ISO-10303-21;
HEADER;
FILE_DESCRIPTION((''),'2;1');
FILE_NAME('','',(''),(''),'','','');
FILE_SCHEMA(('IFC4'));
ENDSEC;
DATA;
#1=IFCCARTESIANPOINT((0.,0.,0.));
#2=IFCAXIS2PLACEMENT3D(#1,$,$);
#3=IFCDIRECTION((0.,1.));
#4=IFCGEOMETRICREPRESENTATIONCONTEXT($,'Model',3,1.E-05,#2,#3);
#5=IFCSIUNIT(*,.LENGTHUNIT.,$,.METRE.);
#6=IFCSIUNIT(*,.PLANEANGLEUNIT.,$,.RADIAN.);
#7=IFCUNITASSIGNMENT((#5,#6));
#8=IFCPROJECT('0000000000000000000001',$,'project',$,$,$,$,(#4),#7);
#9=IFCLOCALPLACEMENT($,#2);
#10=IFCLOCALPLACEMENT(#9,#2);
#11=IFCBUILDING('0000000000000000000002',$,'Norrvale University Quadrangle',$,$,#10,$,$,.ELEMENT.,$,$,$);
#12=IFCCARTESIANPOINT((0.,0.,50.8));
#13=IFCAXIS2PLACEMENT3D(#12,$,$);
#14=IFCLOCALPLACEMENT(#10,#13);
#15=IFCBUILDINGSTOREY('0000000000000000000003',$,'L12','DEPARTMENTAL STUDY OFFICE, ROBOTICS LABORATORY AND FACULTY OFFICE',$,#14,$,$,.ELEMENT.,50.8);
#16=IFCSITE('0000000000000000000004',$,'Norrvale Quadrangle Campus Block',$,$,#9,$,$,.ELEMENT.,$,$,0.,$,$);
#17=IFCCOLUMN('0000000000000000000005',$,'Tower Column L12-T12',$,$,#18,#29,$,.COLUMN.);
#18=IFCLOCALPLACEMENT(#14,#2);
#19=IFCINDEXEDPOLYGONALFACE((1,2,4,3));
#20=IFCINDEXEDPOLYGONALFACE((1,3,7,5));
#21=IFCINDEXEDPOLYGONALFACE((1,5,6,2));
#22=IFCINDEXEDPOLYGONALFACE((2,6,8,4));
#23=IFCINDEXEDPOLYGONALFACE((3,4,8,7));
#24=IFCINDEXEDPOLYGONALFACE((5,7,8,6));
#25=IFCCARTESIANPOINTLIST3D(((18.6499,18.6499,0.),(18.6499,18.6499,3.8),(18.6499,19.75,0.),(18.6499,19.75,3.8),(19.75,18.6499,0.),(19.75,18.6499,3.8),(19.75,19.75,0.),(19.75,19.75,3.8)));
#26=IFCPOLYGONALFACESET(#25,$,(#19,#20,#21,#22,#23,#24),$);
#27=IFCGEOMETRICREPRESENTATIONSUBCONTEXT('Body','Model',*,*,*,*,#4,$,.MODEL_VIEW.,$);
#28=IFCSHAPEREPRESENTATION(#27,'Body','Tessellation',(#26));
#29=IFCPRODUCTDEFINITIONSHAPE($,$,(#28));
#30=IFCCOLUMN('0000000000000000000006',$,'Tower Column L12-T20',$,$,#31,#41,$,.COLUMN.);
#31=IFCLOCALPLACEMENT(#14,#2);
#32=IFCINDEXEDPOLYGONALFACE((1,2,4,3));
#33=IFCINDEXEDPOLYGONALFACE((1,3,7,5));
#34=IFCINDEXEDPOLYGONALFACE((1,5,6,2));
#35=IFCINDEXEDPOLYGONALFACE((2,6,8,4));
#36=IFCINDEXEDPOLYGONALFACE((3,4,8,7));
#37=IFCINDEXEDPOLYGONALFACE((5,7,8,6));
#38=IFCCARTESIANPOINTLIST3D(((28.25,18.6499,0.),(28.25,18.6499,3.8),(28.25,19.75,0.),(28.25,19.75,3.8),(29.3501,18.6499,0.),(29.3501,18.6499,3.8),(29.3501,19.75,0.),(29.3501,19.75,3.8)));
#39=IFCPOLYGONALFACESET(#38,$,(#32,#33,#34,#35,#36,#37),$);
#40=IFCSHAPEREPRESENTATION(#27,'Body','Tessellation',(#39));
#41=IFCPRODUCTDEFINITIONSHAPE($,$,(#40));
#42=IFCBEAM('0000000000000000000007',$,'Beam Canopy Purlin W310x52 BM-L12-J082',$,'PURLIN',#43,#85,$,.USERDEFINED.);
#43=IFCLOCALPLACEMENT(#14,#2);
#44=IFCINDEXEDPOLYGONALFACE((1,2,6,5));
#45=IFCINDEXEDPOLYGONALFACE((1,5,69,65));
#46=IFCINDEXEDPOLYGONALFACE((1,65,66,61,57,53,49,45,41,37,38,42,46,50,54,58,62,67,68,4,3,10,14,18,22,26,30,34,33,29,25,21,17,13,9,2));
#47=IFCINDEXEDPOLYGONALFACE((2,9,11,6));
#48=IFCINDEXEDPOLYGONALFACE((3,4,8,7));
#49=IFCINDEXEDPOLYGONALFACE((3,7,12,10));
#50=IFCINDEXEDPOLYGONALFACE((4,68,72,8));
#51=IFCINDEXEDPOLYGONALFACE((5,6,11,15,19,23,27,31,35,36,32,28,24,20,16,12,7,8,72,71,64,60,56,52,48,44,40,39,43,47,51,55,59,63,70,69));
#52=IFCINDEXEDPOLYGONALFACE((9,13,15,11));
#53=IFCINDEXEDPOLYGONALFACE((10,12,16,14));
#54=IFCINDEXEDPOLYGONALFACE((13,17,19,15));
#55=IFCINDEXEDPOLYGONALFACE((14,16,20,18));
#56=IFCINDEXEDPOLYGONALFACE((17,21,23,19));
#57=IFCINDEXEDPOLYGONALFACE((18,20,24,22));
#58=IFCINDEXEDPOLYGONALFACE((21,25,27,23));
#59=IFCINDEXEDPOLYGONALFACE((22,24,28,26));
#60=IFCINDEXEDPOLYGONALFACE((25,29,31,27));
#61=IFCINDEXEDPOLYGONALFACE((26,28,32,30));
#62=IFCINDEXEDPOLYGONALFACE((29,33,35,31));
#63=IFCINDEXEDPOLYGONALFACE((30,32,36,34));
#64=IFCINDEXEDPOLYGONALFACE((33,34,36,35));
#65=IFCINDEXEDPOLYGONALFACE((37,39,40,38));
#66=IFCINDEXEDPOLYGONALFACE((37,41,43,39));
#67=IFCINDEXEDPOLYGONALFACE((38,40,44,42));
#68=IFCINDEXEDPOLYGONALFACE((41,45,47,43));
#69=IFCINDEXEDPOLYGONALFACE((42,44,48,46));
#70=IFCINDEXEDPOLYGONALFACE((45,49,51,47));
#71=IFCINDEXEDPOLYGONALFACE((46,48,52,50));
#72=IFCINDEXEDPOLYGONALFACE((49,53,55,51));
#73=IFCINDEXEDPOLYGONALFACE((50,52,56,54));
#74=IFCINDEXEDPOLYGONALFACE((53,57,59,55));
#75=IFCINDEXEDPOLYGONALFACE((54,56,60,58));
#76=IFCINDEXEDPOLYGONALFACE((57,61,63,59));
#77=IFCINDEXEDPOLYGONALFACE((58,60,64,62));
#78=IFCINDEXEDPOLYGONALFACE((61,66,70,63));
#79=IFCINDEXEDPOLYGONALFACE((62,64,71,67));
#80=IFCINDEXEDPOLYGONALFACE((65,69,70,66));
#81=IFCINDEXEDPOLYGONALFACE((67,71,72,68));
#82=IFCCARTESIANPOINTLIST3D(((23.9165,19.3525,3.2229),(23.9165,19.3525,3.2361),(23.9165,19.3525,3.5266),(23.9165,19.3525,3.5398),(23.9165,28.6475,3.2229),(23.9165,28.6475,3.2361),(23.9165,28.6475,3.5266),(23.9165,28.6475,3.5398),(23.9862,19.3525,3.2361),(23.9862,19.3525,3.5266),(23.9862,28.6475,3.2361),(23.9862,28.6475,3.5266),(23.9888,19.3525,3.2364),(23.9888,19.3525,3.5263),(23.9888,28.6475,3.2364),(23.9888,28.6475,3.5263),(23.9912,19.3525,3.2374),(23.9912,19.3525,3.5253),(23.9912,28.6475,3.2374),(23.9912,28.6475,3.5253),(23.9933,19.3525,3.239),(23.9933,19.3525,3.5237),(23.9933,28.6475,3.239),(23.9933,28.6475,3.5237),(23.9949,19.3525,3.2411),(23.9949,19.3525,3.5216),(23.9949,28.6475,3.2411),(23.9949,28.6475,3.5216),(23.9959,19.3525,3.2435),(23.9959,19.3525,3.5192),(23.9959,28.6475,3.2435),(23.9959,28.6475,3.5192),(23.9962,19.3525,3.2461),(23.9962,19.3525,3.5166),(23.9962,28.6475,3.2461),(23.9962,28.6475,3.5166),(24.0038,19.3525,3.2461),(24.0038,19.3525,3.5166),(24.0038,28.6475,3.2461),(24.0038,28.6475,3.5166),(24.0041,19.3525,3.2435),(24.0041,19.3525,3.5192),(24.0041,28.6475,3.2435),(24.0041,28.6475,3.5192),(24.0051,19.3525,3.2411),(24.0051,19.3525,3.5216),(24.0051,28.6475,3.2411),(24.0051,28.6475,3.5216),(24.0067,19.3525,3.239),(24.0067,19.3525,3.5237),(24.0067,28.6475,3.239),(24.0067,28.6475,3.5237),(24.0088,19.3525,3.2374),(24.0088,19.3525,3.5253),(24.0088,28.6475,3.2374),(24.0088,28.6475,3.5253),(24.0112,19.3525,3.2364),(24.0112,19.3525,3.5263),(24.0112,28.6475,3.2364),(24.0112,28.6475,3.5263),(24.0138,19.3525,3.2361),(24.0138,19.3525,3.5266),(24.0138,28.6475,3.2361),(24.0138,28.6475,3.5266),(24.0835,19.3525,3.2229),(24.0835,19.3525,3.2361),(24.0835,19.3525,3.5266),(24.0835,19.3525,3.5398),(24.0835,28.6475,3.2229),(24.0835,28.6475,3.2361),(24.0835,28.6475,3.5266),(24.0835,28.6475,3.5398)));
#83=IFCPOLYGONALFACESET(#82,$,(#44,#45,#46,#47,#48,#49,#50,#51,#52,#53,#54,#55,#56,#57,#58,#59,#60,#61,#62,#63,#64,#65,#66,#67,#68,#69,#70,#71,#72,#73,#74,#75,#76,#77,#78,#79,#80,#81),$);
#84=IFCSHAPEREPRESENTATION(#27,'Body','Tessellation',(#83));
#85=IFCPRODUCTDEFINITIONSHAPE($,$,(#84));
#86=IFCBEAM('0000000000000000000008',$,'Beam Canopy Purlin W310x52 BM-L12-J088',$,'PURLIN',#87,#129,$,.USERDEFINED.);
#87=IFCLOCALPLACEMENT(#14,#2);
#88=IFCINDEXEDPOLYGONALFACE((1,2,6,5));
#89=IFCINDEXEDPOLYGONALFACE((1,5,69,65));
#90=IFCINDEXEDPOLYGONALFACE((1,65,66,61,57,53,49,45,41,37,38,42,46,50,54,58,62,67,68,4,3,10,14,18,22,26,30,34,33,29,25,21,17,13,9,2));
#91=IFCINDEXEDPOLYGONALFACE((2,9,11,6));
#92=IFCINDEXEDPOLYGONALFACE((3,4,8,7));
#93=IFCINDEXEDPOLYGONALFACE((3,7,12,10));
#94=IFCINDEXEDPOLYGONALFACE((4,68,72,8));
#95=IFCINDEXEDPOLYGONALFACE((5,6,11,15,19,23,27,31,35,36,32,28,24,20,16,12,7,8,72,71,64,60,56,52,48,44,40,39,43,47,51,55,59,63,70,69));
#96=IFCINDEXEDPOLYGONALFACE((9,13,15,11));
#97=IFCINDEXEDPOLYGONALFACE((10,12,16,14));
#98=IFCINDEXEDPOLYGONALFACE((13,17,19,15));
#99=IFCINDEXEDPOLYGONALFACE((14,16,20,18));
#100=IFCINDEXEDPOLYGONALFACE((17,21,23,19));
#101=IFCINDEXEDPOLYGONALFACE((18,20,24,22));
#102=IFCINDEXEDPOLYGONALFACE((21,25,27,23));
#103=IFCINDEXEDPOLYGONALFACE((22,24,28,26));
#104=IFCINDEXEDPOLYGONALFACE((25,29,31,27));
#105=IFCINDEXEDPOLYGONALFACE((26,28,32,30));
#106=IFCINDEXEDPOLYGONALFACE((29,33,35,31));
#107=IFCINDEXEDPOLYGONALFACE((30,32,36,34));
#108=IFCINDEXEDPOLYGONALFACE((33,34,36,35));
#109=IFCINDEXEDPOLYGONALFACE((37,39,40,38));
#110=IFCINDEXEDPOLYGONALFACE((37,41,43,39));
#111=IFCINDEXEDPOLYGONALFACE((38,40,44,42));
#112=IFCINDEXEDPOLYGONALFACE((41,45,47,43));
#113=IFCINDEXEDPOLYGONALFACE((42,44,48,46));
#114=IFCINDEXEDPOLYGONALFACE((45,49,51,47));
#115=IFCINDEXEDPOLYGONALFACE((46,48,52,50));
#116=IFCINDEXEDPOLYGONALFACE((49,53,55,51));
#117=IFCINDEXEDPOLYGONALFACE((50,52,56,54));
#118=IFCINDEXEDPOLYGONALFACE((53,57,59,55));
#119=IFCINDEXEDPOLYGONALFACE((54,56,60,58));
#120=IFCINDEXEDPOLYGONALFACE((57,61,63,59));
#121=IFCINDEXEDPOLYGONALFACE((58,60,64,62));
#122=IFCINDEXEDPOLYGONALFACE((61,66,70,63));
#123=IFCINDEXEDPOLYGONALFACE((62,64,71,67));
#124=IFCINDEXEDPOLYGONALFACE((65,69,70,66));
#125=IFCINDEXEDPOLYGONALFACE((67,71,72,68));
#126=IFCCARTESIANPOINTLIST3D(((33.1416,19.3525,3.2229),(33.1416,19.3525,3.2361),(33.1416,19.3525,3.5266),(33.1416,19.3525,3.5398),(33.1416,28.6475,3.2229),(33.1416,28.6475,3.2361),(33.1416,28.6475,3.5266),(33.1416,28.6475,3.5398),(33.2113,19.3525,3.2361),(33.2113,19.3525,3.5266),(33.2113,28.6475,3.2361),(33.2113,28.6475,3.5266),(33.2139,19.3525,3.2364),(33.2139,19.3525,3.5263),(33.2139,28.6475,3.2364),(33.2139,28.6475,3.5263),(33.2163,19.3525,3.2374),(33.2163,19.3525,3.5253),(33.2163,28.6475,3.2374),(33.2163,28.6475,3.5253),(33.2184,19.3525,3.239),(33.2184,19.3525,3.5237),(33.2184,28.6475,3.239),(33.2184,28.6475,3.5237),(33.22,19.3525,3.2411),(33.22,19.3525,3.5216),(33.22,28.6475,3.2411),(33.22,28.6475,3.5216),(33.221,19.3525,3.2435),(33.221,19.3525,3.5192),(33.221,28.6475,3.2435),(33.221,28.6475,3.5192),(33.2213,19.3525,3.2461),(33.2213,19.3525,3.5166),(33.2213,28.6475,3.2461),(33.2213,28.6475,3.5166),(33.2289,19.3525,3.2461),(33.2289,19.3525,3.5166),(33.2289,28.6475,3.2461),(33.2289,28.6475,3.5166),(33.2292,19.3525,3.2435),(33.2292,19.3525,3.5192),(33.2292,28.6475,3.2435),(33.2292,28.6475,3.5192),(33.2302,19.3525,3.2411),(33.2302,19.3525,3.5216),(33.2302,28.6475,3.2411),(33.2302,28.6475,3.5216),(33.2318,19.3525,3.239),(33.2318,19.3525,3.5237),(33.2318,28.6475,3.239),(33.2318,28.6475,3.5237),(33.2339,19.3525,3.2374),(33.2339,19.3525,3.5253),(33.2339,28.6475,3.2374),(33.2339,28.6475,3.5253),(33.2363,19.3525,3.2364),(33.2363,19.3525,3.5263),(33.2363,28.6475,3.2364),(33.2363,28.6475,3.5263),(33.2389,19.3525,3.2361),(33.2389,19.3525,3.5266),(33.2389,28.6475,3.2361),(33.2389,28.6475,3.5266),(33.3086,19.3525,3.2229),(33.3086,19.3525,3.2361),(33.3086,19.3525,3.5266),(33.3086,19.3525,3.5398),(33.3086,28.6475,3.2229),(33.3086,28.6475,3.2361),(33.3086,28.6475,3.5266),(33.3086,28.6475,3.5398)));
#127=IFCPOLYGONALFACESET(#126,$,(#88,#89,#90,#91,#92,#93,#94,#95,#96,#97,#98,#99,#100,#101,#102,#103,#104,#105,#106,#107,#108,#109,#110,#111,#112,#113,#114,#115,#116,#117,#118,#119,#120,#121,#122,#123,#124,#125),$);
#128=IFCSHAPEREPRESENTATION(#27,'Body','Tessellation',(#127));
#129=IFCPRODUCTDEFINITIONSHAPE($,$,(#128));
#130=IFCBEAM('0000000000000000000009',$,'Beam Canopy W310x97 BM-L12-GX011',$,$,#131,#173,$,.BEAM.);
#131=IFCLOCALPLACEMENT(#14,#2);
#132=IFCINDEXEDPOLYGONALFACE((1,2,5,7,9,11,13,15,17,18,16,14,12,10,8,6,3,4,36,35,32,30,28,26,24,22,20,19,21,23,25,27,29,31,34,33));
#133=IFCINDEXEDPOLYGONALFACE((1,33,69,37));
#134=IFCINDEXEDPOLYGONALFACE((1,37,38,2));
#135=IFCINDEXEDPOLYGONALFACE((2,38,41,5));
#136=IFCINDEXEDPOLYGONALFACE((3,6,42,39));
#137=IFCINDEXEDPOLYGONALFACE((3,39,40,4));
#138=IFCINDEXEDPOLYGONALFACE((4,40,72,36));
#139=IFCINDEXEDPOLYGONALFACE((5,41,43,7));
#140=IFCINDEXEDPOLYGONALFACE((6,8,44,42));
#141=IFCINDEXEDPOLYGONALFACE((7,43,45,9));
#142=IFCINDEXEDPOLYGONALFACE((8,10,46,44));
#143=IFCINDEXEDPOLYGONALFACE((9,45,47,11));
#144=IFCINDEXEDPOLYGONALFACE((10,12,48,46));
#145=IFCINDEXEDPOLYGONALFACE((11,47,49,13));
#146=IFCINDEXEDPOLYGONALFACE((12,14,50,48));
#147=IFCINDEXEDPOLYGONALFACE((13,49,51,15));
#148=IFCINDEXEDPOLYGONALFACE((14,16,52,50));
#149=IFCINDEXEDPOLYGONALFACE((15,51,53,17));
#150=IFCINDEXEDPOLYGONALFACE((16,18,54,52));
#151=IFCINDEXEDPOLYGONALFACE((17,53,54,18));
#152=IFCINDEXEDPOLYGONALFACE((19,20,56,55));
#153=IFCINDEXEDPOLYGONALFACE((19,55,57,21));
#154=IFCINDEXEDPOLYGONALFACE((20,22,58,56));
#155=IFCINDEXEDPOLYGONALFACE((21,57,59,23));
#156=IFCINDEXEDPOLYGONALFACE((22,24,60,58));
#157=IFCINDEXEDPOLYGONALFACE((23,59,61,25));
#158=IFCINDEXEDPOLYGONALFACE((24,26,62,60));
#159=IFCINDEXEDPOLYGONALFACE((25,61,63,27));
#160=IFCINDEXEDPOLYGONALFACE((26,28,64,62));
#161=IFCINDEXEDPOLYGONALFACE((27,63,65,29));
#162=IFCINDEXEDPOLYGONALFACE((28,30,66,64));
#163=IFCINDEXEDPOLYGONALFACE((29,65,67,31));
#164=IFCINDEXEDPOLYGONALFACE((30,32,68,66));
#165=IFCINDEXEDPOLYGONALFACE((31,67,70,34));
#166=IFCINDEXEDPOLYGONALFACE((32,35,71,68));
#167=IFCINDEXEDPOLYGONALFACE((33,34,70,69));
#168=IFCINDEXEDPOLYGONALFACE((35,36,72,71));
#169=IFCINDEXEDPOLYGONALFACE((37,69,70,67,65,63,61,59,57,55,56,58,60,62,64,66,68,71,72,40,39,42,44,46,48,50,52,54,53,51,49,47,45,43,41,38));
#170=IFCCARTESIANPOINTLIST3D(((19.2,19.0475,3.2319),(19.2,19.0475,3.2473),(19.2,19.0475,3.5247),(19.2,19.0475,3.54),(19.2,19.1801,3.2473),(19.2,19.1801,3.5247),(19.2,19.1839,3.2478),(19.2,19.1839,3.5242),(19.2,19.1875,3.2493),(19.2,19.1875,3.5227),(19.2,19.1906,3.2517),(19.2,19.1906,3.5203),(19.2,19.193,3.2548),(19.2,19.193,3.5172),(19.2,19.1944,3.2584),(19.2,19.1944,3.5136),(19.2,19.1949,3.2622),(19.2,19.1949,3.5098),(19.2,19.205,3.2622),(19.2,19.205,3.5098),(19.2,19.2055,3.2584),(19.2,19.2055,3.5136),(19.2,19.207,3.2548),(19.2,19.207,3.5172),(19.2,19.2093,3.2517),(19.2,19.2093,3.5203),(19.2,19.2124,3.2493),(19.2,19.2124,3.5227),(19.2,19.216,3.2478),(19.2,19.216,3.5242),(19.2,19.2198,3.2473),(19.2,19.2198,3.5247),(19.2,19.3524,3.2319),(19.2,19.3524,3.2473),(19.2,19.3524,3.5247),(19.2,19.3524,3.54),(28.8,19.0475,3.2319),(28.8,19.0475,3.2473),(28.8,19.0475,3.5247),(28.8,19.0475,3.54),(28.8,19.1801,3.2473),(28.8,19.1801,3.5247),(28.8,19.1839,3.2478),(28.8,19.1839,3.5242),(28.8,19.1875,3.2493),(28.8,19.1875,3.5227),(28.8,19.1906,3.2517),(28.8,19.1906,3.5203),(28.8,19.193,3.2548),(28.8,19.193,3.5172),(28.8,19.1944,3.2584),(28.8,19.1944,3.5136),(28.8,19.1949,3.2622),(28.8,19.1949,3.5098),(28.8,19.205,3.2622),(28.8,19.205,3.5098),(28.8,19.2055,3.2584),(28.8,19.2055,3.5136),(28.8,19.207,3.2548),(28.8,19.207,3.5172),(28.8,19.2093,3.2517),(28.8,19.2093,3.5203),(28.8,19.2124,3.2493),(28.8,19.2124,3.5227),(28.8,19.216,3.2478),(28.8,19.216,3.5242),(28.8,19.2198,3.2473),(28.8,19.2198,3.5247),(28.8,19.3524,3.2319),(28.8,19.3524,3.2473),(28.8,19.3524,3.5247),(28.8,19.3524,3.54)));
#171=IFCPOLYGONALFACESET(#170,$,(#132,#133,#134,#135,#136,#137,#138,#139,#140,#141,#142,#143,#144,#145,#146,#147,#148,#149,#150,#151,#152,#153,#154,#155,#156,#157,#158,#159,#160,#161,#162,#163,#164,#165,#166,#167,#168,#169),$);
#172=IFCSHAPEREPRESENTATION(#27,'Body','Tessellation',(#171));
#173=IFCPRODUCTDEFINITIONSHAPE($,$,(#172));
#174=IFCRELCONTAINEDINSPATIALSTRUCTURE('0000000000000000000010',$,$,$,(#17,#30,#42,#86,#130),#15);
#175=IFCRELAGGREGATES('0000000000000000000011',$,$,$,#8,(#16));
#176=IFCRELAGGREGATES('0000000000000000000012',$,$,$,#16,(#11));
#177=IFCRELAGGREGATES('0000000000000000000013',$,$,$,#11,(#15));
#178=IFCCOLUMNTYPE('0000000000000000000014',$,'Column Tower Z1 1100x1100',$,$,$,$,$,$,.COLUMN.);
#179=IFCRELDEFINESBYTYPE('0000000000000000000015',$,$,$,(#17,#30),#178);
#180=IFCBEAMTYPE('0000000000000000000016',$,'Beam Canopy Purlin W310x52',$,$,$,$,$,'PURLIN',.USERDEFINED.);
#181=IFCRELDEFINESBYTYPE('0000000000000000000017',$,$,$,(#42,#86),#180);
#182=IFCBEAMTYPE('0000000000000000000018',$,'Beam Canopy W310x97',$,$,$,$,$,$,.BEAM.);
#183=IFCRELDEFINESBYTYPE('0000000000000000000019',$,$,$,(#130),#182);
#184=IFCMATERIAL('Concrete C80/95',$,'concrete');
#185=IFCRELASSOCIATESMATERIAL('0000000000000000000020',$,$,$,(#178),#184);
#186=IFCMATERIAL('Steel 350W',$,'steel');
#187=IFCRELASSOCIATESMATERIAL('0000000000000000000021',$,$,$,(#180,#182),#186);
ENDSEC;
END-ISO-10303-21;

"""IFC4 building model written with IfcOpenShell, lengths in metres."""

from ifc_helpers import new_model, si_unit, direction, frame, origin, origin_2d, place, context, subcontext, project, spatial, rectangle, i_section, extrude, material, material_profile, profile_set, type_object, element, save


model = new_model("IFC4")

# Units and contexts
model_context = context("Model", 3, precision=1e-05, world=origin(), true_north=direction((0.0, 1.0)))
body_context = subcontext(model_context, "Body", "Model", "MODEL_VIEW")
ifc_project = project(units=[si_unit("LENGTHUNIT", "METRE"), si_unit("PLANEANGLEUNIT", "RADIAN")], contexts=[model_context])

# Site, building, storey
site_placement = place(None, origin())
site = spatial("IfcSite", under=ifc_project, at=site_placement, Name="Norrvale Quadrangle Campus Block", CompositionType="ELEMENT", RefElevation=0.0)
building_placement = place(site_placement, origin())
building = spatial("IfcBuilding", under=site, at=building_placement, Name="Norrvale University Quadrangle", CompositionType="ELEMENT")
storey_placement = place(building_placement, frame((0.0, 0.0, 50.8)))
storey = spatial("IfcBuildingStorey", under=building, at=storey_placement, Name="L12", Description="DEPARTMENTAL STUDY OFFICE, ROBOTICS LABORATORY AND FACULTY OFFICE", CompositionType="ELEMENT", Elevation=50.8)

# Columns
ifc_material_1 = material(Name="Concrete C80/95", Category="concrete")
ifc_material_profile_1 = material_profile(ifc_material_1, rectangle(XDim=1.1001, YDim=1.1001, at=origin_2d()), Name="Concrete C80/95")
ifc_profile_set_1 = profile_set([ifc_material_profile_1], Name="Concrete C80/95")
column_type = type_object("IfcColumnType", Name="Column Tower Z1 1100x1100", PredefinedType="COLUMN", material=ifc_profile_set_1)
for number, where, z_axis, x_axis, name in (
    (1, (19.2, 19.2, 0.0), (0.0, 0.0, 1.0), (1.0, 0.0, 0.0), "Tower Column L12-T12"),
    (2, (28.8, 19.2, 0.0), (0.0, 0.0, 1.0), (1.0, 0.0, 0.0), "Tower Column L12-T20"),
):
    element("IfcColumn", number, at=place(storey_placement, frame(where, z_axis=z_axis, x_axis=x_axis)), inside=storey, type_object=column_type, Name=name, PredefinedType="COLUMN", context=body_context, shape_type="SweptSolid", body=[
        extrude(rectangle(XDim=1.1001, YDim=1.1001, at=origin_2d()), origin(), (0.0, 0.0, 1.0), 3.8),
    ])

# Beams
ifc_material_2 = material(Name="Steel 350W", Category="steel")
ifc_material_profile_2 = material_profile(ifc_material_2, i_section(OverallWidth=0.167, OverallDepth=0.3169, WebThickness=0.0076, FlangeThickness=0.0132, FilletRadius=0.01, at=origin_2d()), Name="Steel 350W")
ifc_profile_set_2 = profile_set([ifc_material_profile_2], Name="Steel 350W")
beam_type_1 = type_object("IfcBeamType", Name="Beam Canopy Purlin W310x52", ElementType="PURLIN", PredefinedType="USERDEFINED", material=ifc_profile_set_2)
for number, where, z_axis, x_axis, name in (
    (3, (24.0, 19.3525, 3.3813), (0.0, 1.0, 0.0), (-1.0, 0.0, 0.0), "Beam Canopy Purlin W310x52 BM-L12-J082"),
    (4, (33.2251, 19.3525, 3.3813), (0.0, 1.0, 0.0), (-1.0, 0.0, 0.0), "Beam Canopy Purlin W310x52 BM-L12-J088"),
):
    element("IfcBeam", number, at=place(storey_placement, frame(where, z_axis=z_axis, x_axis=x_axis)), inside=storey, type_object=beam_type_1, Name=name, ObjectType="PURLIN", PredefinedType="USERDEFINED", context=body_context, shape_type="SweptSolid", body=[
        extrude(i_section(OverallWidth=0.167, OverallDepth=0.3169, WebThickness=0.0076, FlangeThickness=0.0132, FilletRadius=0.01, at=origin_2d()), origin(), (0.0, 0.0, 1.0), 9.2949),
    ])
ifc_material_profile_3 = material_profile(ifc_material_2, i_section(OverallWidth=0.3049, OverallDepth=0.3081, WebThickness=0.01, FlangeThickness=0.0154, FilletRadius=0.0149, at=origin_2d()), Name="Steel 350W")
ifc_profile_set_3 = profile_set([ifc_material_profile_3], Name="Steel 350W")
beam_type_2 = type_object("IfcBeamType", Name="Beam Canopy W310x97", PredefinedType="BEAM", material=ifc_profile_set_3)
beam_1_placement = place(storey_placement, frame((19.2, 19.2, 3.386), z_axis=(1.0, 0.0, 0.0), x_axis=(0.0, 1.0, 0.0)))
element("IfcBeam", 5, at=beam_1_placement, inside=storey, type_object=beam_type_2, Name="Beam Canopy W310x97 BM-L12-GX011", PredefinedType="BEAM", context=body_context, shape_type="SweptSolid", body=[
    extrude(i_section(OverallWidth=0.3049, OverallDepth=0.3081, WebThickness=0.01, FlangeThickness=0.0154, FilletRadius=0.0149, at=origin_2d()), origin(), (0.0, 0.0, 1.0), 9.6001),
])

save(model, "model.ifc")
